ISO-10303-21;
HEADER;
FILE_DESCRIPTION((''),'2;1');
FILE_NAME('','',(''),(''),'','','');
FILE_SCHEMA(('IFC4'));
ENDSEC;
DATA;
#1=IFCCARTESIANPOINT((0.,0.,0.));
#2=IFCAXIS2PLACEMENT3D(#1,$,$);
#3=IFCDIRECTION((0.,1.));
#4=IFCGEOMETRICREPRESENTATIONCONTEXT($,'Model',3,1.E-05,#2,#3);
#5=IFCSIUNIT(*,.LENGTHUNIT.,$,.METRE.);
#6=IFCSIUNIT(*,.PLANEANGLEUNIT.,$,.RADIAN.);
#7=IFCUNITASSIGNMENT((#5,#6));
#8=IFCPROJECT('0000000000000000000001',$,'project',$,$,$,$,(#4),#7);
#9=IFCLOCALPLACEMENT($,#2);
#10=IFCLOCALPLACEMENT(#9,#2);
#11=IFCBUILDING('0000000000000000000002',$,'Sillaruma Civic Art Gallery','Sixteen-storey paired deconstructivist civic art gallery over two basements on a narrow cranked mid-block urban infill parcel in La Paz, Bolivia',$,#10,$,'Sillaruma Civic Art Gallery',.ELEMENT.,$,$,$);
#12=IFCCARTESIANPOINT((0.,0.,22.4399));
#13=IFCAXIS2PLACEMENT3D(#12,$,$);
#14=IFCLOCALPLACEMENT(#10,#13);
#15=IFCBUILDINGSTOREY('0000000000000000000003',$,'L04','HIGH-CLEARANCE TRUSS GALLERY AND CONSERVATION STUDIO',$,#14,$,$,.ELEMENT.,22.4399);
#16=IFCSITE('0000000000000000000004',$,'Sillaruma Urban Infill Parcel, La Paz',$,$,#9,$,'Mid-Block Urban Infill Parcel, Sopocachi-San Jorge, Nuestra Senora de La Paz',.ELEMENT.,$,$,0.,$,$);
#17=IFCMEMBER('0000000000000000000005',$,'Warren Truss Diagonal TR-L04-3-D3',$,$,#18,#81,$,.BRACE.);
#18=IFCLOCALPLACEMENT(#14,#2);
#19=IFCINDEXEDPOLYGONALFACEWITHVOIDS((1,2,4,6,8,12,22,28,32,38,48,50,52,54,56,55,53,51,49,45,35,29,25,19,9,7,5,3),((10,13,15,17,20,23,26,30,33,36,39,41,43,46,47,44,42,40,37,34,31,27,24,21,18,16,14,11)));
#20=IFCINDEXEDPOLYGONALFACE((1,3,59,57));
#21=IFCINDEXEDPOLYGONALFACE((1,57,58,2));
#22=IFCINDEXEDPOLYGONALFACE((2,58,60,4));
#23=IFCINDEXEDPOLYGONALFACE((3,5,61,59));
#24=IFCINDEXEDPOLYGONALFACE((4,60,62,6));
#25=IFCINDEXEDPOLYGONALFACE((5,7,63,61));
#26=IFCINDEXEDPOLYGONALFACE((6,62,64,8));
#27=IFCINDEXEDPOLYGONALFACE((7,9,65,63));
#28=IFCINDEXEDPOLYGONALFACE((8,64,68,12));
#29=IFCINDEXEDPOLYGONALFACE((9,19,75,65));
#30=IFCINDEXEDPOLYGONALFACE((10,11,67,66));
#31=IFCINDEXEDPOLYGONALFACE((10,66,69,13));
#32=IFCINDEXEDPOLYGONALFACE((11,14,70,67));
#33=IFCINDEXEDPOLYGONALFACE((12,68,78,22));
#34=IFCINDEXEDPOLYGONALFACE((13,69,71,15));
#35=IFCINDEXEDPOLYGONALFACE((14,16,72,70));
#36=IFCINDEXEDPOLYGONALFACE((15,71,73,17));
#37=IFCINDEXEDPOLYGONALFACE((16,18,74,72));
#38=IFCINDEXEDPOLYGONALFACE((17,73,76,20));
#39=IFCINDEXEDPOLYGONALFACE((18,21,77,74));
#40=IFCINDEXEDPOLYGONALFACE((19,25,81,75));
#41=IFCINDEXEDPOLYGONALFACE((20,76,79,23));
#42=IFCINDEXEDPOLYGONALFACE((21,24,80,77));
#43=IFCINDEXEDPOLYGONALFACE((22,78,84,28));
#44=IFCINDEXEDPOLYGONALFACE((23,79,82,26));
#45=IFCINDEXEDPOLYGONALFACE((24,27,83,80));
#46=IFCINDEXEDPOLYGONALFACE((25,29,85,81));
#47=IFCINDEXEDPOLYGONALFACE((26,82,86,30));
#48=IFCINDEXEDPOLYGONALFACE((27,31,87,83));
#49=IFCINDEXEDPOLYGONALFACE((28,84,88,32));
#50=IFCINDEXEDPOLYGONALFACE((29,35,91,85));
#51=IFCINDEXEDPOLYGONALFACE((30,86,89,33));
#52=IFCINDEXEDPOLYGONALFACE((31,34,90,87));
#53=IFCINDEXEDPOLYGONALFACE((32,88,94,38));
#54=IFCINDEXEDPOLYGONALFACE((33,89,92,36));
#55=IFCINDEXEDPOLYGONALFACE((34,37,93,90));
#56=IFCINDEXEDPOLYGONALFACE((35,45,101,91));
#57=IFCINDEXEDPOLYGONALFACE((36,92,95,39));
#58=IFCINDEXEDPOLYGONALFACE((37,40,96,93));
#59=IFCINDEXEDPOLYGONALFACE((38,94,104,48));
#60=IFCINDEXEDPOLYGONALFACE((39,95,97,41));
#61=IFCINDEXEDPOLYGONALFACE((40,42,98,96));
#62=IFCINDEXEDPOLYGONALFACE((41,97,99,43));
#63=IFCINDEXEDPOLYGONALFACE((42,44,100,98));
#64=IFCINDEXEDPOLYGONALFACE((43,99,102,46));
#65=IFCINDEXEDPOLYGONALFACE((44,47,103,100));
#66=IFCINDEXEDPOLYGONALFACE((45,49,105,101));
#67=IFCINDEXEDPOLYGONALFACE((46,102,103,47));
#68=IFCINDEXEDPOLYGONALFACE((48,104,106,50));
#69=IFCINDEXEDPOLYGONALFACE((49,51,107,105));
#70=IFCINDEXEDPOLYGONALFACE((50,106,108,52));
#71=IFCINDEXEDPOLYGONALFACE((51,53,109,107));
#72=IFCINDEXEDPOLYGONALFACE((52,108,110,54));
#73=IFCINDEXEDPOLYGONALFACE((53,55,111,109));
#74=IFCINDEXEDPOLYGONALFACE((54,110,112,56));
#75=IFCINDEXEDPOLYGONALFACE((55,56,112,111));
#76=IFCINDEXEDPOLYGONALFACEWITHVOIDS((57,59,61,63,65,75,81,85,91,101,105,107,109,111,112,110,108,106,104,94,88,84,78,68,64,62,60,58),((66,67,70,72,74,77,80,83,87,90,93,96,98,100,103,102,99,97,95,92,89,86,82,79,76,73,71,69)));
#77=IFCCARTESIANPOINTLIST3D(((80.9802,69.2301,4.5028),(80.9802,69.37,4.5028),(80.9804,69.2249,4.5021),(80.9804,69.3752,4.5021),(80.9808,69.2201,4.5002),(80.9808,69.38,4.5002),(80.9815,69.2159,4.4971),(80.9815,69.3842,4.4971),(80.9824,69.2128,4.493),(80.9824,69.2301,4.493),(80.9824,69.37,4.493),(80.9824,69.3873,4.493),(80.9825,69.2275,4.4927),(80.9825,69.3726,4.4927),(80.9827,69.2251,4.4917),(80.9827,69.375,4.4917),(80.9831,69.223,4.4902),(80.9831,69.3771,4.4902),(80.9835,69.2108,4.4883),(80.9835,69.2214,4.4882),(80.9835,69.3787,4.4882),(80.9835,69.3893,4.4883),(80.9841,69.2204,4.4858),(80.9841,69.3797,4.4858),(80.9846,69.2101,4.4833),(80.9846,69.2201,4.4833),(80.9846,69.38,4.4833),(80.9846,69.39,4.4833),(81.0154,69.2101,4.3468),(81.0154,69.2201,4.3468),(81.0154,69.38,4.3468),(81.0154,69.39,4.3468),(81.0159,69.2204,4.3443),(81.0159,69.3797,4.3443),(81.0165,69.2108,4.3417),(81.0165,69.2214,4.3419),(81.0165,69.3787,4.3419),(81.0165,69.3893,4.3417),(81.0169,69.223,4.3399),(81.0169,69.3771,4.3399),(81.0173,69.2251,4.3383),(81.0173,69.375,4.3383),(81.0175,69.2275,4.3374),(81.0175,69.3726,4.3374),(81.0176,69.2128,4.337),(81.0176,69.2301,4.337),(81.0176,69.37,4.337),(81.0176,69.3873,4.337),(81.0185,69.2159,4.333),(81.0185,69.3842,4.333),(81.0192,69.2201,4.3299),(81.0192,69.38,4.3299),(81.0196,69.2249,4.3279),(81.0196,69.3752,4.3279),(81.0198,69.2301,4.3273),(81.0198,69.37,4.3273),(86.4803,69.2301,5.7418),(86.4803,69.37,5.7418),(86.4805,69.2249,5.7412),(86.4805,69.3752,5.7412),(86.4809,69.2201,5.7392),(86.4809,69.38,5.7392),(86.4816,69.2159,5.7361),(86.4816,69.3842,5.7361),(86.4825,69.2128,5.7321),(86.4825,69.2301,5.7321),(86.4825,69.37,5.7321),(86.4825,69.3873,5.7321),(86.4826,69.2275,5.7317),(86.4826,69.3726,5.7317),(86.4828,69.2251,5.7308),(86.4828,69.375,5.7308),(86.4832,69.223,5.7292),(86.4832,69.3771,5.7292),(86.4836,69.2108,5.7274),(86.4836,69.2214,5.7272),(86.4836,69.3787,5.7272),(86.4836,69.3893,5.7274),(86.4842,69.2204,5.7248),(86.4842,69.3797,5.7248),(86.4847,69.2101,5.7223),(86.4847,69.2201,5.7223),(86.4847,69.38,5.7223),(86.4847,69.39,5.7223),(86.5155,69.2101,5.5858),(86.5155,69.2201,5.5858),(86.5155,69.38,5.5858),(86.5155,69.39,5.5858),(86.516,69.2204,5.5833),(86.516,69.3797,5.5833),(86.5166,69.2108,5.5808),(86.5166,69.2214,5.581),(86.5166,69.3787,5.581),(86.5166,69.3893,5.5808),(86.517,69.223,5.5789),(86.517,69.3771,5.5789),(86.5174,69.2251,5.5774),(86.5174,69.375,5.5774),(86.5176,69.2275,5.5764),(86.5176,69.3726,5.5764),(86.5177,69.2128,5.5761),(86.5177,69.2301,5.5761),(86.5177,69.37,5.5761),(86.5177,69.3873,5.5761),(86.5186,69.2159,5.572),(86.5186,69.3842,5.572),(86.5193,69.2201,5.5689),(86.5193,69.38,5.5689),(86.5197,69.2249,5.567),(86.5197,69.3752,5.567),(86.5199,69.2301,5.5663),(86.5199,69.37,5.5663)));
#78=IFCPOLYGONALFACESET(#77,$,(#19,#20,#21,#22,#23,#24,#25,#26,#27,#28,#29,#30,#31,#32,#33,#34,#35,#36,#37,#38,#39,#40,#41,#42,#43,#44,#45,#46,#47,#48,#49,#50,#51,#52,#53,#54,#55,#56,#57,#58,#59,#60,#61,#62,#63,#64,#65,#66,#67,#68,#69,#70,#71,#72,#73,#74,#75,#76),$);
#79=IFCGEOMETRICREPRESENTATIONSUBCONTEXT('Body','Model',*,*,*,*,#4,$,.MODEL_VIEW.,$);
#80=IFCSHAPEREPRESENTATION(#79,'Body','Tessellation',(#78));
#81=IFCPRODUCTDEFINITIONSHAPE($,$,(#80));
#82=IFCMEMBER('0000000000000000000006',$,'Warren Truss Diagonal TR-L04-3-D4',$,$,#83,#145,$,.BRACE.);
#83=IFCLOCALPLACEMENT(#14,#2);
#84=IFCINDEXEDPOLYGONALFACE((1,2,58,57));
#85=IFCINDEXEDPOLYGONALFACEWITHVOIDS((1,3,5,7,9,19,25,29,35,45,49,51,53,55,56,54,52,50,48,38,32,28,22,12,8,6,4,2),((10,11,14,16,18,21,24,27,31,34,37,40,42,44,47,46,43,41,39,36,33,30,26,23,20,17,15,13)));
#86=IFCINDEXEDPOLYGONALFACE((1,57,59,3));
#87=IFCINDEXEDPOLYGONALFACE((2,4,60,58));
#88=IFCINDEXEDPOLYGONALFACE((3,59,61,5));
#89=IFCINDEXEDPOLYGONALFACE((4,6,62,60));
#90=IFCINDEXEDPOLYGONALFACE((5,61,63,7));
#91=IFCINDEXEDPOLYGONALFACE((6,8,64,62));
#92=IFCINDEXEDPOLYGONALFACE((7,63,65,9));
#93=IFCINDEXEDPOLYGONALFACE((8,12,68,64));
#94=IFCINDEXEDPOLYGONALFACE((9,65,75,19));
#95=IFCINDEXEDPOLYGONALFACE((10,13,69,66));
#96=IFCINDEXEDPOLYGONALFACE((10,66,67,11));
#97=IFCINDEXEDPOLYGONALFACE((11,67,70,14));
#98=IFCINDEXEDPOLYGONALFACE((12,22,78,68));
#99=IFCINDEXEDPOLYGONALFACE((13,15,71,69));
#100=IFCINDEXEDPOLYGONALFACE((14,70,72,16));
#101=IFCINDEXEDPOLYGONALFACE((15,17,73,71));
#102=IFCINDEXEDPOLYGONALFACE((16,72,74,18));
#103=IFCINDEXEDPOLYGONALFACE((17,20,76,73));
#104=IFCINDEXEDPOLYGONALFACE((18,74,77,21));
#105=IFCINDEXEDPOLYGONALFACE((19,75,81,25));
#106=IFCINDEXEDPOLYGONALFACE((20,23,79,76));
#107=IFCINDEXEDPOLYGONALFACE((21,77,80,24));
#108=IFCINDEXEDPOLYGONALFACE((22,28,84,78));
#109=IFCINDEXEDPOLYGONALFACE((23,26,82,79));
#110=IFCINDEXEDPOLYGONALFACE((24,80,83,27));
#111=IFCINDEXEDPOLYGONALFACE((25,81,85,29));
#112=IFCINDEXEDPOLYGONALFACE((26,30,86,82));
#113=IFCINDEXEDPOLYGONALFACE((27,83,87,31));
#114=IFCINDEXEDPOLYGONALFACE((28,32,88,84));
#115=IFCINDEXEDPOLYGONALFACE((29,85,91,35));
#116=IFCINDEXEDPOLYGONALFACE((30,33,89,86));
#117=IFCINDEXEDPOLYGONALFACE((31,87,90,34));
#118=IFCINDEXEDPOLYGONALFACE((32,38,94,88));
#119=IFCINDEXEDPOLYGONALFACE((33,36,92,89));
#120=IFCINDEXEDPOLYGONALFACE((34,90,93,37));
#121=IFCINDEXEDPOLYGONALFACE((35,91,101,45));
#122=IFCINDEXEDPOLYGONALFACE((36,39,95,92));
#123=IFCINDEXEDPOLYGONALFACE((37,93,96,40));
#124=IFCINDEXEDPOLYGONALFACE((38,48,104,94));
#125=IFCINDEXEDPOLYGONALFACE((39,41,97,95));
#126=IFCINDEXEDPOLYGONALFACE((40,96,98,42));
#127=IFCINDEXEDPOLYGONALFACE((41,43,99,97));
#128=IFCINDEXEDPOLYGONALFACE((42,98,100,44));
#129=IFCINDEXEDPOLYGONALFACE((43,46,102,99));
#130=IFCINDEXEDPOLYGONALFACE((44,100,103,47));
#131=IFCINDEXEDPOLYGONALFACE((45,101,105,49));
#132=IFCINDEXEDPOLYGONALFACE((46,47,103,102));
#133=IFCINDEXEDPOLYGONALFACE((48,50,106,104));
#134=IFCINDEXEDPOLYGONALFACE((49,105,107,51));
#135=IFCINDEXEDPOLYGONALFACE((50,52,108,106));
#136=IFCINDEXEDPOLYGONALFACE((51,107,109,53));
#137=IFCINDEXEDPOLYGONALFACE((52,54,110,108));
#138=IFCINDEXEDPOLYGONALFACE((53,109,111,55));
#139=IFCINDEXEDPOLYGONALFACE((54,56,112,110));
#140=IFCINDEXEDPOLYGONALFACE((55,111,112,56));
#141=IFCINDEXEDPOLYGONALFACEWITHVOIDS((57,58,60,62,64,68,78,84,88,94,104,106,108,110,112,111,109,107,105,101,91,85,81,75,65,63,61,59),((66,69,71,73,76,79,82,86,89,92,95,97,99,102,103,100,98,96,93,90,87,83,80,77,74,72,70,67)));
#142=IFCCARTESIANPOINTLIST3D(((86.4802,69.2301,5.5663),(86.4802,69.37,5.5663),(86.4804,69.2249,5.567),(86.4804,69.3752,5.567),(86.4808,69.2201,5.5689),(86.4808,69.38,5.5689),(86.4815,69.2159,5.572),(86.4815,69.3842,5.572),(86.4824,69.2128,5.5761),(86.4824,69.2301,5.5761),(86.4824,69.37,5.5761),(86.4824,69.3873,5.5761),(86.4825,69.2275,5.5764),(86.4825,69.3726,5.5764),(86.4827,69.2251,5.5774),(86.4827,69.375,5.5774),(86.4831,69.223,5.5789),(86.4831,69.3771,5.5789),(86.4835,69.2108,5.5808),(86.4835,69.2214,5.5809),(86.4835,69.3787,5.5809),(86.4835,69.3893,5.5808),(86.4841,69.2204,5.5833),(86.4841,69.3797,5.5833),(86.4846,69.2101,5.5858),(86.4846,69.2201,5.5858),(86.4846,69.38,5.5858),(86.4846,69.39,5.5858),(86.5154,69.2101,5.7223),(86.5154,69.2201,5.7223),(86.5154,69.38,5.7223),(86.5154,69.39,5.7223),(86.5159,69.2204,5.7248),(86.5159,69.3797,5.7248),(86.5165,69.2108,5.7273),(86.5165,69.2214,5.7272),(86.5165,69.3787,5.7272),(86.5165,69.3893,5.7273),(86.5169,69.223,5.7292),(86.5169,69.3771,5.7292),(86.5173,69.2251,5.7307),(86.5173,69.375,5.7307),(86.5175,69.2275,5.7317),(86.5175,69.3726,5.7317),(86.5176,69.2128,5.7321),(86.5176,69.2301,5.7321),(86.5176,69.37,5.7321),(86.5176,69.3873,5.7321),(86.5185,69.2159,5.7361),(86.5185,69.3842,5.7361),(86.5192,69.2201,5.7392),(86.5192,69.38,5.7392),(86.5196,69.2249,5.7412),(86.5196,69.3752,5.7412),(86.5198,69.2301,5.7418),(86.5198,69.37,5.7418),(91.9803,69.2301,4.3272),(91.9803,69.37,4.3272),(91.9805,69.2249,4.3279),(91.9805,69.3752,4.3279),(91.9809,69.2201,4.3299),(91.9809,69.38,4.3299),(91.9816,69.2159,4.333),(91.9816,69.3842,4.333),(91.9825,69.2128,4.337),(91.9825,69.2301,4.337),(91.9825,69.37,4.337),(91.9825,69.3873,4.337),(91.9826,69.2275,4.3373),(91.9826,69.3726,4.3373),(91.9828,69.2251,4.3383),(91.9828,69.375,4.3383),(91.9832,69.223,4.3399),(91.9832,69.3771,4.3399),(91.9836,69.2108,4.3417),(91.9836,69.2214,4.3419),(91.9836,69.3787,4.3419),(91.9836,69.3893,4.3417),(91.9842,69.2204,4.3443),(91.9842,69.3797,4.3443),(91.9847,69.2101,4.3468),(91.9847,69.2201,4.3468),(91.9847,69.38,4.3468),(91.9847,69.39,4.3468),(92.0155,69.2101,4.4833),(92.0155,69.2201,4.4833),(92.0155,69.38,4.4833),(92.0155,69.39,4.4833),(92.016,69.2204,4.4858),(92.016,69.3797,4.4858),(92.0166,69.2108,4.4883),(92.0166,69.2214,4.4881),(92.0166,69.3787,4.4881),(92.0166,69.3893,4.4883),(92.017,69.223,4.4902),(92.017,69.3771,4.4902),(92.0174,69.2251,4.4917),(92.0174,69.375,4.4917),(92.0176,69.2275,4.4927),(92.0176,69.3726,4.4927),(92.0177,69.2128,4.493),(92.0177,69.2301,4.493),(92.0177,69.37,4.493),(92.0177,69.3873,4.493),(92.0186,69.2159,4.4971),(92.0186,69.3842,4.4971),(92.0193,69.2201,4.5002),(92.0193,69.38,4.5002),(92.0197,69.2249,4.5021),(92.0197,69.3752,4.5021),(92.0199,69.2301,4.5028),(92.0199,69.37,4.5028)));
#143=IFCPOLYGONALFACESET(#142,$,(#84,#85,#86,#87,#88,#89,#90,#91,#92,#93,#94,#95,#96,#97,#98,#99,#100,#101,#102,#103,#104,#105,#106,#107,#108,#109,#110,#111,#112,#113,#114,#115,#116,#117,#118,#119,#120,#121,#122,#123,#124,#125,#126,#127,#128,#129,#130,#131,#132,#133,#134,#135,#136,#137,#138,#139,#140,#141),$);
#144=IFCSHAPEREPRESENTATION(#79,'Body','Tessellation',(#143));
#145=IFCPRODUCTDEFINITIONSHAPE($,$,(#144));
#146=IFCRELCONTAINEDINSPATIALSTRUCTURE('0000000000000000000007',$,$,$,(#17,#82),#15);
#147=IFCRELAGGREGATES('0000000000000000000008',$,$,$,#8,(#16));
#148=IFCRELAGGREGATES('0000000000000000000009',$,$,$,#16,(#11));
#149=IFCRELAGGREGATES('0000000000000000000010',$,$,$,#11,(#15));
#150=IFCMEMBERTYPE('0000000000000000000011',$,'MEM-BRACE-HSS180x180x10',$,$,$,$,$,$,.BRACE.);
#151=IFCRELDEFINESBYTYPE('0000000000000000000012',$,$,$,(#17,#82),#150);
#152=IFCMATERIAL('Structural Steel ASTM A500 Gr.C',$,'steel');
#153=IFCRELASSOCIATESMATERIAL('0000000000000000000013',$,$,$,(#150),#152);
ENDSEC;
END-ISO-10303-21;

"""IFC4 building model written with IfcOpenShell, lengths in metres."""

from ifc_helpers import new_model, si_unit, direction, frame, origin, origin_2d, place, context, subcontext, project, spatial, hollow_rectangle, extrude, material, material_profile, profile_set, type_object, element, save


model = new_model("IFC4")

# Units and contexts
model_context = context("Model", 3, precision=1e-05, world=origin(), true_north=direction((0.0, 1.0)))
body_context = subcontext(model_context, "Body", "Model", "MODEL_VIEW")
ifc_project = project(units=[si_unit("LENGTHUNIT", "METRE"), si_unit("PLANEANGLEUNIT", "RADIAN")], contexts=[model_context])

# Site, building, storey
site_placement = place(None, origin())
site = spatial("IfcSite", under=ifc_project, at=site_placement, Name="Sillaruma Urban Infill Parcel, La Paz", LongName="Mid-Block Urban Infill Parcel, Sopocachi-San Jorge, Nuestra Senora de La Paz", CompositionType="ELEMENT", RefElevation=0.0)
building_placement = place(site_placement, origin())
building = spatial("IfcBuilding", under=site, at=building_placement, Name="Sillaruma Civic Art Gallery", Description="Sixteen-storey paired deconstructivist civic art gallery over two basements on a narrow cranked mid-block urban infill parcel in La Paz, Bolivia", LongName="Sillaruma Civic Art Gallery", CompositionType="ELEMENT")
storey_placement = place(building_placement, frame((0.0, 0.0, 22.4399)))
storey = spatial("IfcBuildingStorey", under=building, at=storey_placement, Name="L04", Description="HIGH-CLEARANCE TRUSS GALLERY AND CONSERVATION STUDIO", CompositionType="ELEMENT", Elevation=22.4399)

# Shared definitions
ifc_material_1 = material(Name="Structural Steel ASTM A500 Gr.C", Category="steel")

# Members
ifc_material_profile_1 = material_profile(ifc_material_1, hollow_rectangle(XDim=0.1799, YDim=0.1799, WallThickness=0.01, InnerFilletRadius=0.01, OuterFilletRadius=0.02, at=origin_2d()), Name="HSS180x180x10")
ifc_profile_set_1 = profile_set([ifc_material_profile_1], Name="Structural Steel ASTM A500 Gr.C")
member_type_1 = type_object("IfcMemberType", Name="MEM-BRACE-HSS180x180x10", PredefinedType="BRACE", material=ifc_profile_set_1)
for number, where, z_axis, x_axis, name in (
    (1, (81.0, 69.3, 4.415), (0.975552, 0.0, 0.219768), (0.0, 1.0, 0.0), "Warren Truss Diagonal TR-L04-3-D3"),
    (2, (86.5, 69.3, 5.6541), (0.975552, 0.0, -0.219768), (0.0, 1.0, 0.0), "Warren Truss Diagonal TR-L04-3-D4"),
):
    element("IfcMember", number, at=place(storey_placement, frame(where, z_axis=z_axis, x_axis=x_axis)), inside=storey, type_object=member_type_1, Name=name, PredefinedType="BRACE", context=body_context, shape_type="SweptSolid", body=[
        extrude(hollow_rectangle(XDim=0.1799, YDim=0.1799, WallThickness=0.01, InnerFilletRadius=0.01, OuterFilletRadius=0.02, at=origin_2d()), origin(), (0.0, 0.0, 1.0), 5.6379),
    ])

save(model, "model.ifc")
